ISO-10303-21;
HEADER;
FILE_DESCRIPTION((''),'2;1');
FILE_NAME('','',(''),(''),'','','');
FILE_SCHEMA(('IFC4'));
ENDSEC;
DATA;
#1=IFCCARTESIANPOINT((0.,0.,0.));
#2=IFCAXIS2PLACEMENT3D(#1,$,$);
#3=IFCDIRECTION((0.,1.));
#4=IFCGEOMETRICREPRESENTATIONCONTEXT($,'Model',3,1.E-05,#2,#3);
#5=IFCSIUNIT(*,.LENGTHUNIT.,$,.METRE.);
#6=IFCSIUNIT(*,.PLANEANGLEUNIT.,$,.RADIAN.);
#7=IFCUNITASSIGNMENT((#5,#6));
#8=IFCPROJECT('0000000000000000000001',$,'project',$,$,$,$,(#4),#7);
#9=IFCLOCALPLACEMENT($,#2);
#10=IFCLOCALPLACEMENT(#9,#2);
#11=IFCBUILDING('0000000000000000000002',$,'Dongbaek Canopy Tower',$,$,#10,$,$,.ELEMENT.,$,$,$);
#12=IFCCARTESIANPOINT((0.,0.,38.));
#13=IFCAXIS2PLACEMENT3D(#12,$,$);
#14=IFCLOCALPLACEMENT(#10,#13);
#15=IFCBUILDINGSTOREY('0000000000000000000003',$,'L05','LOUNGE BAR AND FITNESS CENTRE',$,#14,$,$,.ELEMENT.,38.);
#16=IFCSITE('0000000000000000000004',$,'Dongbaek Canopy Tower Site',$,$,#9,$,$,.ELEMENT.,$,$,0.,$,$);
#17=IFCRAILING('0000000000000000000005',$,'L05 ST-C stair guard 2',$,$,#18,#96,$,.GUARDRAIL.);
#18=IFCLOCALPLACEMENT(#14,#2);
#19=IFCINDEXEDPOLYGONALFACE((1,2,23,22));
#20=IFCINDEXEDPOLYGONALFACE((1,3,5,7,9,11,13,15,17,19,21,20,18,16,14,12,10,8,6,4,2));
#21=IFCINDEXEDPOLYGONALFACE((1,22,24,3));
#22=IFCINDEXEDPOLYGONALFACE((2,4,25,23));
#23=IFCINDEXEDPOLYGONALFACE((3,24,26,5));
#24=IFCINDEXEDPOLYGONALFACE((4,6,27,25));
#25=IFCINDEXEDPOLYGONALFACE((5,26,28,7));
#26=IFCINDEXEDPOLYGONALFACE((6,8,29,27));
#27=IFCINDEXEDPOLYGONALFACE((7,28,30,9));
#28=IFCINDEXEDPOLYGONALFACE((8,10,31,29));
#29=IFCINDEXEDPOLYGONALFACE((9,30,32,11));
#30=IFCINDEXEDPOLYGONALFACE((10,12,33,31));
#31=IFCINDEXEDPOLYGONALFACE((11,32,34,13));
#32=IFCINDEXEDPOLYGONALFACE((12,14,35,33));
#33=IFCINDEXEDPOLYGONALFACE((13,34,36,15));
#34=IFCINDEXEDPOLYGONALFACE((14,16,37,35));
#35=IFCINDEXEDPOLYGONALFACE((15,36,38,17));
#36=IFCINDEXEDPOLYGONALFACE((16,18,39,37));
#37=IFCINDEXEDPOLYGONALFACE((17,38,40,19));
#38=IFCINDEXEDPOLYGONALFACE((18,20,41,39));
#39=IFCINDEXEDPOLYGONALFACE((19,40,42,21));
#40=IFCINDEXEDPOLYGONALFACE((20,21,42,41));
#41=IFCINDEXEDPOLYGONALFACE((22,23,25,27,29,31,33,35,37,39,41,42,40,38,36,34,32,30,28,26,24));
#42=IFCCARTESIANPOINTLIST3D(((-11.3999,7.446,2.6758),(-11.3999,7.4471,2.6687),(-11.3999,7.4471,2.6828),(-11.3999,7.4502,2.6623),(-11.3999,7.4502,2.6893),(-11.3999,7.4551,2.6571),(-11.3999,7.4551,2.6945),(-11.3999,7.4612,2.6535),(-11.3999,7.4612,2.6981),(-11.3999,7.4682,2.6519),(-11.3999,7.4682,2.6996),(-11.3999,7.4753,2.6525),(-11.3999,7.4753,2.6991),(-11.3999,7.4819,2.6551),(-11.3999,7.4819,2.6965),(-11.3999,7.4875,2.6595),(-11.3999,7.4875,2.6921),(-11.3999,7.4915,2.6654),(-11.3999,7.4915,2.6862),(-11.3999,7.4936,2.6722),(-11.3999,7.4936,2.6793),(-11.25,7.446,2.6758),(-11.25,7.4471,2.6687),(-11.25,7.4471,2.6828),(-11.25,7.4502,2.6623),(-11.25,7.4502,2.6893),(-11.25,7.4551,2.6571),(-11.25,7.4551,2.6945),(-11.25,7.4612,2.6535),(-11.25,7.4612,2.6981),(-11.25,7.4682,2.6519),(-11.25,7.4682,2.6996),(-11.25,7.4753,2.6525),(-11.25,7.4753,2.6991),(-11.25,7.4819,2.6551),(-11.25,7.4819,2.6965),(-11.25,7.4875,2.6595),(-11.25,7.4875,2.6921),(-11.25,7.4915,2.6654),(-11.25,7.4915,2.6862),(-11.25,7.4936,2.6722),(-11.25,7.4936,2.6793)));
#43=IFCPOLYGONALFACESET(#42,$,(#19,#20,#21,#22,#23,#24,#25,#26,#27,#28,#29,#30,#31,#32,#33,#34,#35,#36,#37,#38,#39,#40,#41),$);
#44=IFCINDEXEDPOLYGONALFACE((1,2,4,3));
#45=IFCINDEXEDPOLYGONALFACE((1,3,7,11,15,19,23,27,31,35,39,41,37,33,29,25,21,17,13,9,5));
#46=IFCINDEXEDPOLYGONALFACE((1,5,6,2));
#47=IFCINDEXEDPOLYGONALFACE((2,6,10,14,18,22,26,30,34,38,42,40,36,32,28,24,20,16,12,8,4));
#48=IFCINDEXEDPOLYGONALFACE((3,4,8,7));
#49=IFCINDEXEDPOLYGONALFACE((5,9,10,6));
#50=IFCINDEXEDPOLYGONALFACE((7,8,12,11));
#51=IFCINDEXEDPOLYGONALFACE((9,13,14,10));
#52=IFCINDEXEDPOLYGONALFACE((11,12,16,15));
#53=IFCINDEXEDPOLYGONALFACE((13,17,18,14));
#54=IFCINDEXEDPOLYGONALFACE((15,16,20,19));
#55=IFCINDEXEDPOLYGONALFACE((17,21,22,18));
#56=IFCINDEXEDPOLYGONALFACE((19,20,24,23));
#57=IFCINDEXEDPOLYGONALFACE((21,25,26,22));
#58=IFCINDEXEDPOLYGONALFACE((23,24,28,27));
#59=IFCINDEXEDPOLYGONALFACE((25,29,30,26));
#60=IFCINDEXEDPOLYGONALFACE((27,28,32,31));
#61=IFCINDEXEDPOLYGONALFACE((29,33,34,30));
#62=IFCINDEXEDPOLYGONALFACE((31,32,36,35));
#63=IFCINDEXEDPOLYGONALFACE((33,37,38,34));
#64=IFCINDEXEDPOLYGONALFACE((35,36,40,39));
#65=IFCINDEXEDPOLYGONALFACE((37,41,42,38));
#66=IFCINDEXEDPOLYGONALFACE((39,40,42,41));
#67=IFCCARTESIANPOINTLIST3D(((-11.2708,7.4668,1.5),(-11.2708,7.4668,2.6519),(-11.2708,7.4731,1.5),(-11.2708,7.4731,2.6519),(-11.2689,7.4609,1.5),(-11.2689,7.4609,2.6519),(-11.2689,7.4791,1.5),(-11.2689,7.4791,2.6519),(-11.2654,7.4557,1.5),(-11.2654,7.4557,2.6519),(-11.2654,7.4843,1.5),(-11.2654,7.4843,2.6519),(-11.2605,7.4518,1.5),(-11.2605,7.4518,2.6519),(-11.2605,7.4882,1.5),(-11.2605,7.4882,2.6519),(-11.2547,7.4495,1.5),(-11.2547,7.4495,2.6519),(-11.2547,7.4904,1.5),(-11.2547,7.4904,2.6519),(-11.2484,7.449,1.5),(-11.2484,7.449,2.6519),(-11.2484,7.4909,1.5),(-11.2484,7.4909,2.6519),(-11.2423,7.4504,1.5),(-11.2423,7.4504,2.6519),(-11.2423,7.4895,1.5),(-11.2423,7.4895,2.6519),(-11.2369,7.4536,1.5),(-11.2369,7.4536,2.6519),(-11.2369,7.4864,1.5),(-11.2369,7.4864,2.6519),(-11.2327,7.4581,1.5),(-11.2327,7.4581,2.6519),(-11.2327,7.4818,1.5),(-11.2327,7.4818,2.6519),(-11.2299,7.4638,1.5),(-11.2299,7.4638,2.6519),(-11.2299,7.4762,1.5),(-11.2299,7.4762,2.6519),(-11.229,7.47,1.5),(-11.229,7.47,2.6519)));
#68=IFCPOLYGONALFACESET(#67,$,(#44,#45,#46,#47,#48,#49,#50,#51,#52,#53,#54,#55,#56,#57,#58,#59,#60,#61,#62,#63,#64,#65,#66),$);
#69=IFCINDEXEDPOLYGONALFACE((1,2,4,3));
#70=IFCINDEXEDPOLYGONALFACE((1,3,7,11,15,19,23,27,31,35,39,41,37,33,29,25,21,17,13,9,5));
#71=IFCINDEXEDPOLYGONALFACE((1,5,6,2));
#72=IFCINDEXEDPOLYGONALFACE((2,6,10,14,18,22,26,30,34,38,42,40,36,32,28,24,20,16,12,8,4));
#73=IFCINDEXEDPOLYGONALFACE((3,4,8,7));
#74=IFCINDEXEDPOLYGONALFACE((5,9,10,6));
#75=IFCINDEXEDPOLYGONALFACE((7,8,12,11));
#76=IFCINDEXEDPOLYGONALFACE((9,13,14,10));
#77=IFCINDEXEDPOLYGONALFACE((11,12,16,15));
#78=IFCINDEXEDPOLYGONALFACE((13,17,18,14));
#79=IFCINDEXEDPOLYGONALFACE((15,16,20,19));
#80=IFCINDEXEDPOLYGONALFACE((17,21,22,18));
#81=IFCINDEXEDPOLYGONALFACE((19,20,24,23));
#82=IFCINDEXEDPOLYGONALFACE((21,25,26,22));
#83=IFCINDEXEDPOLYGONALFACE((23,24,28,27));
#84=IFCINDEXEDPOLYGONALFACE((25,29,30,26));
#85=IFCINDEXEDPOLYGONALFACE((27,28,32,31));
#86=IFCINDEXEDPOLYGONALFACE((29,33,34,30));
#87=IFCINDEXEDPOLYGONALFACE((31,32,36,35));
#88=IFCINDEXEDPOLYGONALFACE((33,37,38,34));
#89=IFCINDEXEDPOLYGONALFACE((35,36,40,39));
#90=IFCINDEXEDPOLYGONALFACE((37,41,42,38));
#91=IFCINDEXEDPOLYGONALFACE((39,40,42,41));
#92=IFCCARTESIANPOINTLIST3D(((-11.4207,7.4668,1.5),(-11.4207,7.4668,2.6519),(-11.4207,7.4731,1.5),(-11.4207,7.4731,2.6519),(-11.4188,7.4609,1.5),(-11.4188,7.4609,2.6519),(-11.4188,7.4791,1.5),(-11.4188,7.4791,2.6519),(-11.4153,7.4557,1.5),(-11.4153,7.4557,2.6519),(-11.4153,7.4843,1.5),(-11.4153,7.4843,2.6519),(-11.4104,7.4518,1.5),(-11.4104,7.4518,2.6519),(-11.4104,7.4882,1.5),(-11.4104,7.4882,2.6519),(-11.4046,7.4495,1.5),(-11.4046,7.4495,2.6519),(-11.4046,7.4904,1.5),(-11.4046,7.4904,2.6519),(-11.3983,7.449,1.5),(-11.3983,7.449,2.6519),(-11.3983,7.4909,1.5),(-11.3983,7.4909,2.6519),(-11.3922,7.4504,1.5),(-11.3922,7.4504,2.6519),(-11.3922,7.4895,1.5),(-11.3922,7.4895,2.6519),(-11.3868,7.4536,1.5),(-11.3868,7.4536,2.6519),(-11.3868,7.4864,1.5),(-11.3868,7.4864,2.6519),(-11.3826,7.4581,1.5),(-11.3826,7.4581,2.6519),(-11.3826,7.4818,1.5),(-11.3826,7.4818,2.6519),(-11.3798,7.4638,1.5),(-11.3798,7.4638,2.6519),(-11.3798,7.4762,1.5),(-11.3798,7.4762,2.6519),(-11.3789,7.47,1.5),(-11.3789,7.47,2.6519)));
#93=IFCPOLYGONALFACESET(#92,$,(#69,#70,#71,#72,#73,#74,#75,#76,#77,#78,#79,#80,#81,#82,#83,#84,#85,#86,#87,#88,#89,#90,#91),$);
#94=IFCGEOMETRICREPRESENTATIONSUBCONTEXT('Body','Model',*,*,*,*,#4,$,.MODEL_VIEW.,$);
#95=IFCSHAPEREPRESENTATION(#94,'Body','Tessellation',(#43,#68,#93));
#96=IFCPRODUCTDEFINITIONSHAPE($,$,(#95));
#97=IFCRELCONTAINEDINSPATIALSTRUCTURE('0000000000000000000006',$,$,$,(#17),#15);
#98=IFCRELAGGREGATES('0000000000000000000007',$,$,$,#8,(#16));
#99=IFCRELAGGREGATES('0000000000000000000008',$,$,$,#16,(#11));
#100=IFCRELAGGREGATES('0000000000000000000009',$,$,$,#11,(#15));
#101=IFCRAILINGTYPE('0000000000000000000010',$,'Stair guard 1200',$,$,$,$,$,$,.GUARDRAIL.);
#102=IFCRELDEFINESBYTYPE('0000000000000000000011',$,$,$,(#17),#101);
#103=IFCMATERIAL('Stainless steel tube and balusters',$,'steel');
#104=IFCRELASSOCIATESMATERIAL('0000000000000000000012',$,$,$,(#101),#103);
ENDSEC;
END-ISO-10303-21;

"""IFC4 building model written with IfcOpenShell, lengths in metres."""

from ifc_helpers import new_model, si_unit, direction, frame, origin, origin_2d, place, context, subcontext, project, spatial, circle, extrude, material, type_object, element, save


model = new_model("IFC4")

# Units and contexts
model_context = context("Model", 3, precision=1e-05, world=origin(), true_north=direction((0.0, 1.0)))
body_context = subcontext(model_context, "Body", "Model", "MODEL_VIEW")
ifc_project = project(units=[si_unit("LENGTHUNIT", "METRE"), si_unit("PLANEANGLEUNIT", "RADIAN")], contexts=[model_context])

# Site, building, storey
site_placement = place(None, origin())
site = spatial("IfcSite", under=ifc_project, at=site_placement, Name="Dongbaek Canopy Tower Site", CompositionType="ELEMENT", RefElevation=0.0)
building_placement = place(site_placement, origin())
building = spatial("IfcBuilding", under=site, at=building_placement, Name="Dongbaek Canopy Tower", CompositionType="ELEMENT")
storey_placement = place(building_placement, frame((0.0, 0.0, 38.0)))
storey = spatial("IfcBuildingStorey", under=building, at=storey_placement, Name="L05", Description="LOUNGE BAR AND FITNESS CENTRE", CompositionType="ELEMENT", Elevation=38.0)

# Railing
ifc_material_1 = material(Name="Stainless steel tube and balusters", Category="steel")
railing_type_1 = type_object("IfcRailingType", Name="Stair guard 1200", PredefinedType="GUARDRAIL", material=ifc_material_1)
railing_1_placement = place(storey_placement, frame((-11.25, 7.47, 1.5)))
element("IfcRailing", 1, at=railing_1_placement, inside=storey, type_object=railing_type_1, Name="L05 ST-C stair guard 2", PredefinedType="GUARDRAIL", context=body_context, shape_type="SweptSolid", body=[
    extrude(circle(Radius=0.0239, at=origin_2d()), frame((0.0, 0.0, 1.1758), z_axis=(-1.0, 0.0, 0.0), x_axis=(0.0, -1.0, 0.0)), (0.0, 0.0, 1.0), 0.1499),
    extrude(circle(Radius=0.021, at=origin_2d()), origin(), (0.0, 0.0, 1.0), 1.1519),
    extrude(circle(Radius=0.021, at=origin_2d()), frame((-0.1499, 0.0, 0.0)), (0.0, 0.0, 1.0), 1.1519),
])

save(model, "model.ifc")
